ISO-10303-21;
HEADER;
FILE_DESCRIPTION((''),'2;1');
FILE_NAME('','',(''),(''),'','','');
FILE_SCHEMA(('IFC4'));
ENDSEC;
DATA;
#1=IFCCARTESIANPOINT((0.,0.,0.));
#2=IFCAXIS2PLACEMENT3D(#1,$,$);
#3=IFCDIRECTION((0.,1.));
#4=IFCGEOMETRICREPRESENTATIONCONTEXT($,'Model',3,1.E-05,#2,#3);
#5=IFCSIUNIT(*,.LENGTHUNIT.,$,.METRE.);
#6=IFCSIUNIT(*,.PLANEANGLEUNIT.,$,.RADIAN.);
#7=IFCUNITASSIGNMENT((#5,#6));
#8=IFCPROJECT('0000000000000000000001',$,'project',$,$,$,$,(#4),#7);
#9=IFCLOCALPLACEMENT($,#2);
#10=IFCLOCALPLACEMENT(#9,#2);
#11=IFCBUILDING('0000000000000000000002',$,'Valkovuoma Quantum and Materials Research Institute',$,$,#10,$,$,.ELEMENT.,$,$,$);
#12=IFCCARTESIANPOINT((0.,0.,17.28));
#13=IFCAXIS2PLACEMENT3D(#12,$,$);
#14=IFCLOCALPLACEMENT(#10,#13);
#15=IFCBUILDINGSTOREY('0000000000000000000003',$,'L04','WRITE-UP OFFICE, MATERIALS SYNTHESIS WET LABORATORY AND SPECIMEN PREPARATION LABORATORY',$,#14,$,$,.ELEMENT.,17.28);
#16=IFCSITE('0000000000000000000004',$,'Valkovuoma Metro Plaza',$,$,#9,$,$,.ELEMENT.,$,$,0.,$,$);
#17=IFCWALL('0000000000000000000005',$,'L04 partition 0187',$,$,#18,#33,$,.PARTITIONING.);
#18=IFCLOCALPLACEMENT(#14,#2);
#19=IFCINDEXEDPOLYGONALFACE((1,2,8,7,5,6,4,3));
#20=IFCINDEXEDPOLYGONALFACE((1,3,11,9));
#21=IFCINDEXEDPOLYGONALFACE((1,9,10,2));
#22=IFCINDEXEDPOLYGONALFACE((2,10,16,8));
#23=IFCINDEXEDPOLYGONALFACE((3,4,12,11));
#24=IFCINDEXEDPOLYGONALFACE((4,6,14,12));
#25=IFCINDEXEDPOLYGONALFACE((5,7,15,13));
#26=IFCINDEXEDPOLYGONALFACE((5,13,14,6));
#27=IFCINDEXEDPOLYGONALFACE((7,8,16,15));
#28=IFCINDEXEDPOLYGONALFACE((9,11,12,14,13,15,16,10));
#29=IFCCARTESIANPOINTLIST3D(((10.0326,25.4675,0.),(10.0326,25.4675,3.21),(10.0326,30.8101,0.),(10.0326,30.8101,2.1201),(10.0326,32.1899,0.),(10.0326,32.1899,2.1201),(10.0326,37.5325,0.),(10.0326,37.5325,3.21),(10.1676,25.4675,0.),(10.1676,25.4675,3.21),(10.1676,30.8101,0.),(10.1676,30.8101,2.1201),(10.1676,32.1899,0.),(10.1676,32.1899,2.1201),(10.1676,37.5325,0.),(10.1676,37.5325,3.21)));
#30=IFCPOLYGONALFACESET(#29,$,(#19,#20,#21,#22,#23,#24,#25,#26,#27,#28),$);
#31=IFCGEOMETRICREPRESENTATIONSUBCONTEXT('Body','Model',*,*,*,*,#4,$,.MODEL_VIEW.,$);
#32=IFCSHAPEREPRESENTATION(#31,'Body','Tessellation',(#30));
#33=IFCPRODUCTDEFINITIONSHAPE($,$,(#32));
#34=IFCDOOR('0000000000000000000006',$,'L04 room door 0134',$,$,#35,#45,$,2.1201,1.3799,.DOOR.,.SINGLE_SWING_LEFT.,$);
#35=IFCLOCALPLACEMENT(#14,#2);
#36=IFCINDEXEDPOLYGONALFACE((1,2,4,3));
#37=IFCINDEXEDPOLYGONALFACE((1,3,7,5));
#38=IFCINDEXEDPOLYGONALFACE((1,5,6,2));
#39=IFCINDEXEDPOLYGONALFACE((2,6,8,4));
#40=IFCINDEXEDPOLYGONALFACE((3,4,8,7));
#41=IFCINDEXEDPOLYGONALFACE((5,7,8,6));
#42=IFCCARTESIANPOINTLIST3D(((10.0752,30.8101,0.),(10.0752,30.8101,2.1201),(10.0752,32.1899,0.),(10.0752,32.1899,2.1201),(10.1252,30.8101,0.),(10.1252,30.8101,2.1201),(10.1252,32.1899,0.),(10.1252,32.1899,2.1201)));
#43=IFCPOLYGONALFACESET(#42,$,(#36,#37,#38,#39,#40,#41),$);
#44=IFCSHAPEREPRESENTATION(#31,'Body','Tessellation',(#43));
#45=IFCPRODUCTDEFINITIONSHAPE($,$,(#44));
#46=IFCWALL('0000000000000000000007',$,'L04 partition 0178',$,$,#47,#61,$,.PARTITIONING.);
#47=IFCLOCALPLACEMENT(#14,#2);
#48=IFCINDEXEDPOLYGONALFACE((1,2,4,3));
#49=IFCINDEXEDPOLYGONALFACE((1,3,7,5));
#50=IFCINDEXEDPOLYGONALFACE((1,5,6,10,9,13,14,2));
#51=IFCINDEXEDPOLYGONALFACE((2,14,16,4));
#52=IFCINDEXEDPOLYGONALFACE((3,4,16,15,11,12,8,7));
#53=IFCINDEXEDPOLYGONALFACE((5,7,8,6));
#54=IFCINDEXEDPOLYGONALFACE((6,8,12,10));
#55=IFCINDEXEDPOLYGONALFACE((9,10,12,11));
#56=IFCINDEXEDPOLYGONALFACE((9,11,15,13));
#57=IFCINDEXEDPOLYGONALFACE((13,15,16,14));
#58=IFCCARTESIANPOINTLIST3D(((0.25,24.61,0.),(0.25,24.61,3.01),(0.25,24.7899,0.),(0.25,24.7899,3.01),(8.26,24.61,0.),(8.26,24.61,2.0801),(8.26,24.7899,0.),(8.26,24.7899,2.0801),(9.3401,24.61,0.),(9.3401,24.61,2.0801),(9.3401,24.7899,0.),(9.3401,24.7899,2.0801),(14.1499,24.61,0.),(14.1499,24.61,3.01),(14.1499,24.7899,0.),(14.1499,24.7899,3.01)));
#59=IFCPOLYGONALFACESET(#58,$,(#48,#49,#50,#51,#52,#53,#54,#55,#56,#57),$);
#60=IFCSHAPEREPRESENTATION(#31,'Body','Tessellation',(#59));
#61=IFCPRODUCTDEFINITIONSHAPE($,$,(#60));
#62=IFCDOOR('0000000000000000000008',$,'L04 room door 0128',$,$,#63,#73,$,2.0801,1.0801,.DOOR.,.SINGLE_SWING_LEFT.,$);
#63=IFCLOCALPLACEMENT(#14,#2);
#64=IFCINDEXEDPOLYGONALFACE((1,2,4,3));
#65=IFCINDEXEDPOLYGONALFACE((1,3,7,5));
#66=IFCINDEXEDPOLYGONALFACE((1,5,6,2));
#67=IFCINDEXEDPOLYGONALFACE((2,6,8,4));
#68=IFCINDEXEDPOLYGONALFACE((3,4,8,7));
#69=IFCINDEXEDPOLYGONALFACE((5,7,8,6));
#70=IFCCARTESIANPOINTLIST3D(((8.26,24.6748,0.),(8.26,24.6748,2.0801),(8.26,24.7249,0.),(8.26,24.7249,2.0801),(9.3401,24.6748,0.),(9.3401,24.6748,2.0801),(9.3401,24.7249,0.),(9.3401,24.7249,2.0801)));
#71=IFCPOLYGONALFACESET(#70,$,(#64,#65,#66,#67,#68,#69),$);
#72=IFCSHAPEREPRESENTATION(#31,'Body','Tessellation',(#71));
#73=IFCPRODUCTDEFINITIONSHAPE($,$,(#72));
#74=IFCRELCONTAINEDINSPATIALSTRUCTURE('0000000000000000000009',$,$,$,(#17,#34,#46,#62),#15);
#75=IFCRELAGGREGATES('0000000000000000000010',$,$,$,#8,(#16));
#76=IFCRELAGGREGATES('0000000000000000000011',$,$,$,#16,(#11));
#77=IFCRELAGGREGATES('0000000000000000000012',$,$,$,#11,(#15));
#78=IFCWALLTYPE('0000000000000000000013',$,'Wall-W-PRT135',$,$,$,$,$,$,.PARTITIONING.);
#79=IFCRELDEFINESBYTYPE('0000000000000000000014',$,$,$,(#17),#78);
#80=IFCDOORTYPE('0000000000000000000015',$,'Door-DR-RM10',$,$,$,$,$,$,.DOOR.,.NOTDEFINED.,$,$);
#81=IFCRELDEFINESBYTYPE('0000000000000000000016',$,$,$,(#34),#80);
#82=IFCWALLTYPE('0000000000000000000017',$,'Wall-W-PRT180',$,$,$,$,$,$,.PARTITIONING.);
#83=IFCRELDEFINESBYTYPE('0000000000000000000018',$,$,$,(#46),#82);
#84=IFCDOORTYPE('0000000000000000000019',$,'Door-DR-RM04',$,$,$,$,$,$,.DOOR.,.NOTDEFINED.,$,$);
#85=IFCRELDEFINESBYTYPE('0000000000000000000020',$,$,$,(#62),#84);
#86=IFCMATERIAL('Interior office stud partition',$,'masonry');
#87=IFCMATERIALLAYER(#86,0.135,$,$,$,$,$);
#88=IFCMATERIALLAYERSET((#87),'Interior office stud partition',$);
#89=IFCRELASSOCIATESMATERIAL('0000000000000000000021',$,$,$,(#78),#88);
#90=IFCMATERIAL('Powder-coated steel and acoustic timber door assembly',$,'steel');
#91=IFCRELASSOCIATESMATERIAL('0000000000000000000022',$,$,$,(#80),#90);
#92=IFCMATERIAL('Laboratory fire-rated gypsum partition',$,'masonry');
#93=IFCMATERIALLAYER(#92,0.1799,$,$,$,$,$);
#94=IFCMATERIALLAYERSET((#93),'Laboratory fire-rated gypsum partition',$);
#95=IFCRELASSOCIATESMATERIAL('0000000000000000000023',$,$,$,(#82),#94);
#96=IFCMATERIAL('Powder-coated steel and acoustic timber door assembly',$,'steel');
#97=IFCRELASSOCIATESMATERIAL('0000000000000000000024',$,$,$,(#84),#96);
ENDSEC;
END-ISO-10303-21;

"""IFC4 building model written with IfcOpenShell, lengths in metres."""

from ifc_helpers import new_model, si_unit, direction, frame, frame_2d, origin, place, context, subcontext, project, spatial, rectangle, extrude, material, layer, layer_set, type_object, element, fill, save


model = new_model("IFC4")

# Units and contexts
model_context = context("Model", 3, precision=1e-05, world=origin(), true_north=direction((0.0, 1.0)))
body_context = subcontext(model_context, "Body", "Model", "MODEL_VIEW")
ifc_project = project(units=[si_unit("LENGTHUNIT", "METRE"), si_unit("PLANEANGLEUNIT", "RADIAN")], contexts=[model_context])

# Site, building, storey
site_placement = place(None, origin())
site = spatial("IfcSite", under=ifc_project, at=site_placement, Name="Valkovuoma Metro Plaza", CompositionType="ELEMENT", RefElevation=0.0)
building_placement = place(site_placement, origin())
building = spatial("IfcBuilding", under=site, at=building_placement, Name="Valkovuoma Quantum and Materials Research Institute", CompositionType="ELEMENT")
storey_placement = place(building_placement, frame((0.0, 0.0, 17.28)))
storey = spatial("IfcBuildingStorey", under=building, at=storey_placement, Name="L04", Description="WRITE-UP OFFICE, MATERIALS SYNTHESIS WET LABORATORY AND SPECIMEN PREPARATION LABORATORY", CompositionType="ELEMENT", Elevation=17.28)

# Walls, openings, doors
ifc_material_1 = material(Name="Interior office stud partition", Category="masonry")
ifc_layer_1 = layer(ifc_material_1, 0.135)
ifc_layer_set_1 = layer_set([ifc_layer_1], Name="Interior office stud partition")
wall_type_1 = type_object("IfcWallType", Name="Wall-W-PRT135", PredefinedType="PARTITIONING", material=ifc_layer_set_1)
wall_1_placement = place(storey_placement, frame((10.1001, 25.4675, 0.0), z_axis=(0.0, 0.0, 1.0), x_axis=(0.0, 1.0, 0.0)))
wall_1 = element("IfcWall", 1, at=wall_1_placement, inside=storey, type_object=wall_type_1, Name="L04 partition 0187", PredefinedType="PARTITIONING", context=body_context, shape_type="SweptSolid", body=[
    extrude(rectangle(XDim=12.0649, YDim=0.135, at=frame_2d((6.0325, 0.0))), origin(), (0.0, 0.0, 1.0), 3.21),
])
opening_1_placement = place(wall_1_placement, frame((5.3425, 0.0, 0.0)))
opening_1 = element("IfcOpeningElement", 2, at=opening_1_placement, cuts=wall_1, PredefinedType="OPENING", context=body_context, shape_type="SweptSolid", body=[
    extrude(rectangle(XDim=1.3799, YDim=2.1201, at=frame_2d((0.6899, 1.0601))), frame((0.0, 0.0776, 0.0), z_axis=(0.0, -1.0, 0.0), x_axis=(1.0, 0.0, 0.0)), (0.0, 0.0, 1.0), 0.155),
])
ifc_material_2 = material(Name="Powder-coated steel and acoustic timber door assembly", Category="steel")
door_type_1 = type_object("IfcDoorType", Name="Door-DR-RM10", OperationType="NOTDEFINED", PredefinedType="DOOR", material=ifc_material_2)
door_1_placement = place(opening_1_placement, origin())
door_1 = element("IfcDoor", 3, at=door_1_placement, inside=storey, type_object=door_type_1, Name="L04 room door 0134", OperationType="SINGLE_SWING_LEFT", OverallHeight=2.1201, OverallWidth=1.3799, PredefinedType="DOOR", context=body_context, shape_type="SweptSolid", body=[
    extrude(rectangle(XDim=1.3799, YDim=2.1201, at=frame_2d((0.6899, 1.0601))), frame((0.0, 0.0249, 0.0), z_axis=(0.0, -1.0, 0.0), x_axis=(1.0, 0.0, 0.0)), (0.0, 0.0, 1.0), 0.05),
])
fill(opening_1, door_1)
ifc_material_3 = material(Name="Laboratory fire-rated gypsum partition", Category="masonry")
ifc_layer_2 = layer(ifc_material_3, 0.1799)
ifc_layer_set_2 = layer_set([ifc_layer_2], Name="Laboratory fire-rated gypsum partition")
wall_type_2 = type_object("IfcWallType", Name="Wall-W-PRT180", PredefinedType="PARTITIONING", material=ifc_layer_set_2)
wall_2_placement = place(storey_placement, frame((0.25, 24.7, 0.0), z_axis=(0.0, 0.0, 1.0), x_axis=(1.0, 0.0, 0.0)))
wall_2 = element("IfcWall", 4, at=wall_2_placement, inside=storey, type_object=wall_type_2, Name="L04 partition 0178", PredefinedType="PARTITIONING", context=body_context, shape_type="SweptSolid", body=[
    extrude(rectangle(XDim=13.8999, YDim=0.1799, at=frame_2d((6.95, 0.0))), origin(), (0.0, 0.0, 1.0), 3.01),
])
opening_2_placement = place(wall_2_placement, frame((8.01, 0.0, 0.0)))
opening_2 = element("IfcOpeningElement", 5, at=opening_2_placement, cuts=wall_2, PredefinedType="OPENING", context=body_context, shape_type="SweptSolid", body=[
    extrude(rectangle(XDim=1.0801, YDim=2.0801, at=frame_2d((0.54, 1.04))), frame((0.0, 0.1001, 0.0), z_axis=(0.0, -1.0, 0.0), x_axis=(1.0, 0.0, 0.0)), (0.0, 0.0, 1.0), 0.2),
])
ifc_material_4 = material(Name="Powder-coated steel and acoustic timber door assembly", Category="steel")
door_type_2 = type_object("IfcDoorType", Name="Door-DR-RM04", OperationType="NOTDEFINED", PredefinedType="DOOR", material=ifc_material_4)
door_2_placement = place(opening_2_placement, origin())
door_2 = element("IfcDoor", 6, at=door_2_placement, inside=storey, type_object=door_type_2, Name="L04 room door 0128", OperationType="SINGLE_SWING_LEFT", OverallHeight=2.0801, OverallWidth=1.0801, PredefinedType="DOOR", context=body_context, shape_type="SweptSolid", body=[
    extrude(rectangle(XDim=1.0801, YDim=2.0801, at=frame_2d((0.54, 1.04))), frame((0.0, 0.0249, 0.0), z_axis=(0.0, -1.0, 0.0), x_axis=(1.0, 0.0, 0.0)), (0.0, 0.0, 1.0), 0.05),
])
fill(opening_2, door_2)

save(model, "model.ifc")
